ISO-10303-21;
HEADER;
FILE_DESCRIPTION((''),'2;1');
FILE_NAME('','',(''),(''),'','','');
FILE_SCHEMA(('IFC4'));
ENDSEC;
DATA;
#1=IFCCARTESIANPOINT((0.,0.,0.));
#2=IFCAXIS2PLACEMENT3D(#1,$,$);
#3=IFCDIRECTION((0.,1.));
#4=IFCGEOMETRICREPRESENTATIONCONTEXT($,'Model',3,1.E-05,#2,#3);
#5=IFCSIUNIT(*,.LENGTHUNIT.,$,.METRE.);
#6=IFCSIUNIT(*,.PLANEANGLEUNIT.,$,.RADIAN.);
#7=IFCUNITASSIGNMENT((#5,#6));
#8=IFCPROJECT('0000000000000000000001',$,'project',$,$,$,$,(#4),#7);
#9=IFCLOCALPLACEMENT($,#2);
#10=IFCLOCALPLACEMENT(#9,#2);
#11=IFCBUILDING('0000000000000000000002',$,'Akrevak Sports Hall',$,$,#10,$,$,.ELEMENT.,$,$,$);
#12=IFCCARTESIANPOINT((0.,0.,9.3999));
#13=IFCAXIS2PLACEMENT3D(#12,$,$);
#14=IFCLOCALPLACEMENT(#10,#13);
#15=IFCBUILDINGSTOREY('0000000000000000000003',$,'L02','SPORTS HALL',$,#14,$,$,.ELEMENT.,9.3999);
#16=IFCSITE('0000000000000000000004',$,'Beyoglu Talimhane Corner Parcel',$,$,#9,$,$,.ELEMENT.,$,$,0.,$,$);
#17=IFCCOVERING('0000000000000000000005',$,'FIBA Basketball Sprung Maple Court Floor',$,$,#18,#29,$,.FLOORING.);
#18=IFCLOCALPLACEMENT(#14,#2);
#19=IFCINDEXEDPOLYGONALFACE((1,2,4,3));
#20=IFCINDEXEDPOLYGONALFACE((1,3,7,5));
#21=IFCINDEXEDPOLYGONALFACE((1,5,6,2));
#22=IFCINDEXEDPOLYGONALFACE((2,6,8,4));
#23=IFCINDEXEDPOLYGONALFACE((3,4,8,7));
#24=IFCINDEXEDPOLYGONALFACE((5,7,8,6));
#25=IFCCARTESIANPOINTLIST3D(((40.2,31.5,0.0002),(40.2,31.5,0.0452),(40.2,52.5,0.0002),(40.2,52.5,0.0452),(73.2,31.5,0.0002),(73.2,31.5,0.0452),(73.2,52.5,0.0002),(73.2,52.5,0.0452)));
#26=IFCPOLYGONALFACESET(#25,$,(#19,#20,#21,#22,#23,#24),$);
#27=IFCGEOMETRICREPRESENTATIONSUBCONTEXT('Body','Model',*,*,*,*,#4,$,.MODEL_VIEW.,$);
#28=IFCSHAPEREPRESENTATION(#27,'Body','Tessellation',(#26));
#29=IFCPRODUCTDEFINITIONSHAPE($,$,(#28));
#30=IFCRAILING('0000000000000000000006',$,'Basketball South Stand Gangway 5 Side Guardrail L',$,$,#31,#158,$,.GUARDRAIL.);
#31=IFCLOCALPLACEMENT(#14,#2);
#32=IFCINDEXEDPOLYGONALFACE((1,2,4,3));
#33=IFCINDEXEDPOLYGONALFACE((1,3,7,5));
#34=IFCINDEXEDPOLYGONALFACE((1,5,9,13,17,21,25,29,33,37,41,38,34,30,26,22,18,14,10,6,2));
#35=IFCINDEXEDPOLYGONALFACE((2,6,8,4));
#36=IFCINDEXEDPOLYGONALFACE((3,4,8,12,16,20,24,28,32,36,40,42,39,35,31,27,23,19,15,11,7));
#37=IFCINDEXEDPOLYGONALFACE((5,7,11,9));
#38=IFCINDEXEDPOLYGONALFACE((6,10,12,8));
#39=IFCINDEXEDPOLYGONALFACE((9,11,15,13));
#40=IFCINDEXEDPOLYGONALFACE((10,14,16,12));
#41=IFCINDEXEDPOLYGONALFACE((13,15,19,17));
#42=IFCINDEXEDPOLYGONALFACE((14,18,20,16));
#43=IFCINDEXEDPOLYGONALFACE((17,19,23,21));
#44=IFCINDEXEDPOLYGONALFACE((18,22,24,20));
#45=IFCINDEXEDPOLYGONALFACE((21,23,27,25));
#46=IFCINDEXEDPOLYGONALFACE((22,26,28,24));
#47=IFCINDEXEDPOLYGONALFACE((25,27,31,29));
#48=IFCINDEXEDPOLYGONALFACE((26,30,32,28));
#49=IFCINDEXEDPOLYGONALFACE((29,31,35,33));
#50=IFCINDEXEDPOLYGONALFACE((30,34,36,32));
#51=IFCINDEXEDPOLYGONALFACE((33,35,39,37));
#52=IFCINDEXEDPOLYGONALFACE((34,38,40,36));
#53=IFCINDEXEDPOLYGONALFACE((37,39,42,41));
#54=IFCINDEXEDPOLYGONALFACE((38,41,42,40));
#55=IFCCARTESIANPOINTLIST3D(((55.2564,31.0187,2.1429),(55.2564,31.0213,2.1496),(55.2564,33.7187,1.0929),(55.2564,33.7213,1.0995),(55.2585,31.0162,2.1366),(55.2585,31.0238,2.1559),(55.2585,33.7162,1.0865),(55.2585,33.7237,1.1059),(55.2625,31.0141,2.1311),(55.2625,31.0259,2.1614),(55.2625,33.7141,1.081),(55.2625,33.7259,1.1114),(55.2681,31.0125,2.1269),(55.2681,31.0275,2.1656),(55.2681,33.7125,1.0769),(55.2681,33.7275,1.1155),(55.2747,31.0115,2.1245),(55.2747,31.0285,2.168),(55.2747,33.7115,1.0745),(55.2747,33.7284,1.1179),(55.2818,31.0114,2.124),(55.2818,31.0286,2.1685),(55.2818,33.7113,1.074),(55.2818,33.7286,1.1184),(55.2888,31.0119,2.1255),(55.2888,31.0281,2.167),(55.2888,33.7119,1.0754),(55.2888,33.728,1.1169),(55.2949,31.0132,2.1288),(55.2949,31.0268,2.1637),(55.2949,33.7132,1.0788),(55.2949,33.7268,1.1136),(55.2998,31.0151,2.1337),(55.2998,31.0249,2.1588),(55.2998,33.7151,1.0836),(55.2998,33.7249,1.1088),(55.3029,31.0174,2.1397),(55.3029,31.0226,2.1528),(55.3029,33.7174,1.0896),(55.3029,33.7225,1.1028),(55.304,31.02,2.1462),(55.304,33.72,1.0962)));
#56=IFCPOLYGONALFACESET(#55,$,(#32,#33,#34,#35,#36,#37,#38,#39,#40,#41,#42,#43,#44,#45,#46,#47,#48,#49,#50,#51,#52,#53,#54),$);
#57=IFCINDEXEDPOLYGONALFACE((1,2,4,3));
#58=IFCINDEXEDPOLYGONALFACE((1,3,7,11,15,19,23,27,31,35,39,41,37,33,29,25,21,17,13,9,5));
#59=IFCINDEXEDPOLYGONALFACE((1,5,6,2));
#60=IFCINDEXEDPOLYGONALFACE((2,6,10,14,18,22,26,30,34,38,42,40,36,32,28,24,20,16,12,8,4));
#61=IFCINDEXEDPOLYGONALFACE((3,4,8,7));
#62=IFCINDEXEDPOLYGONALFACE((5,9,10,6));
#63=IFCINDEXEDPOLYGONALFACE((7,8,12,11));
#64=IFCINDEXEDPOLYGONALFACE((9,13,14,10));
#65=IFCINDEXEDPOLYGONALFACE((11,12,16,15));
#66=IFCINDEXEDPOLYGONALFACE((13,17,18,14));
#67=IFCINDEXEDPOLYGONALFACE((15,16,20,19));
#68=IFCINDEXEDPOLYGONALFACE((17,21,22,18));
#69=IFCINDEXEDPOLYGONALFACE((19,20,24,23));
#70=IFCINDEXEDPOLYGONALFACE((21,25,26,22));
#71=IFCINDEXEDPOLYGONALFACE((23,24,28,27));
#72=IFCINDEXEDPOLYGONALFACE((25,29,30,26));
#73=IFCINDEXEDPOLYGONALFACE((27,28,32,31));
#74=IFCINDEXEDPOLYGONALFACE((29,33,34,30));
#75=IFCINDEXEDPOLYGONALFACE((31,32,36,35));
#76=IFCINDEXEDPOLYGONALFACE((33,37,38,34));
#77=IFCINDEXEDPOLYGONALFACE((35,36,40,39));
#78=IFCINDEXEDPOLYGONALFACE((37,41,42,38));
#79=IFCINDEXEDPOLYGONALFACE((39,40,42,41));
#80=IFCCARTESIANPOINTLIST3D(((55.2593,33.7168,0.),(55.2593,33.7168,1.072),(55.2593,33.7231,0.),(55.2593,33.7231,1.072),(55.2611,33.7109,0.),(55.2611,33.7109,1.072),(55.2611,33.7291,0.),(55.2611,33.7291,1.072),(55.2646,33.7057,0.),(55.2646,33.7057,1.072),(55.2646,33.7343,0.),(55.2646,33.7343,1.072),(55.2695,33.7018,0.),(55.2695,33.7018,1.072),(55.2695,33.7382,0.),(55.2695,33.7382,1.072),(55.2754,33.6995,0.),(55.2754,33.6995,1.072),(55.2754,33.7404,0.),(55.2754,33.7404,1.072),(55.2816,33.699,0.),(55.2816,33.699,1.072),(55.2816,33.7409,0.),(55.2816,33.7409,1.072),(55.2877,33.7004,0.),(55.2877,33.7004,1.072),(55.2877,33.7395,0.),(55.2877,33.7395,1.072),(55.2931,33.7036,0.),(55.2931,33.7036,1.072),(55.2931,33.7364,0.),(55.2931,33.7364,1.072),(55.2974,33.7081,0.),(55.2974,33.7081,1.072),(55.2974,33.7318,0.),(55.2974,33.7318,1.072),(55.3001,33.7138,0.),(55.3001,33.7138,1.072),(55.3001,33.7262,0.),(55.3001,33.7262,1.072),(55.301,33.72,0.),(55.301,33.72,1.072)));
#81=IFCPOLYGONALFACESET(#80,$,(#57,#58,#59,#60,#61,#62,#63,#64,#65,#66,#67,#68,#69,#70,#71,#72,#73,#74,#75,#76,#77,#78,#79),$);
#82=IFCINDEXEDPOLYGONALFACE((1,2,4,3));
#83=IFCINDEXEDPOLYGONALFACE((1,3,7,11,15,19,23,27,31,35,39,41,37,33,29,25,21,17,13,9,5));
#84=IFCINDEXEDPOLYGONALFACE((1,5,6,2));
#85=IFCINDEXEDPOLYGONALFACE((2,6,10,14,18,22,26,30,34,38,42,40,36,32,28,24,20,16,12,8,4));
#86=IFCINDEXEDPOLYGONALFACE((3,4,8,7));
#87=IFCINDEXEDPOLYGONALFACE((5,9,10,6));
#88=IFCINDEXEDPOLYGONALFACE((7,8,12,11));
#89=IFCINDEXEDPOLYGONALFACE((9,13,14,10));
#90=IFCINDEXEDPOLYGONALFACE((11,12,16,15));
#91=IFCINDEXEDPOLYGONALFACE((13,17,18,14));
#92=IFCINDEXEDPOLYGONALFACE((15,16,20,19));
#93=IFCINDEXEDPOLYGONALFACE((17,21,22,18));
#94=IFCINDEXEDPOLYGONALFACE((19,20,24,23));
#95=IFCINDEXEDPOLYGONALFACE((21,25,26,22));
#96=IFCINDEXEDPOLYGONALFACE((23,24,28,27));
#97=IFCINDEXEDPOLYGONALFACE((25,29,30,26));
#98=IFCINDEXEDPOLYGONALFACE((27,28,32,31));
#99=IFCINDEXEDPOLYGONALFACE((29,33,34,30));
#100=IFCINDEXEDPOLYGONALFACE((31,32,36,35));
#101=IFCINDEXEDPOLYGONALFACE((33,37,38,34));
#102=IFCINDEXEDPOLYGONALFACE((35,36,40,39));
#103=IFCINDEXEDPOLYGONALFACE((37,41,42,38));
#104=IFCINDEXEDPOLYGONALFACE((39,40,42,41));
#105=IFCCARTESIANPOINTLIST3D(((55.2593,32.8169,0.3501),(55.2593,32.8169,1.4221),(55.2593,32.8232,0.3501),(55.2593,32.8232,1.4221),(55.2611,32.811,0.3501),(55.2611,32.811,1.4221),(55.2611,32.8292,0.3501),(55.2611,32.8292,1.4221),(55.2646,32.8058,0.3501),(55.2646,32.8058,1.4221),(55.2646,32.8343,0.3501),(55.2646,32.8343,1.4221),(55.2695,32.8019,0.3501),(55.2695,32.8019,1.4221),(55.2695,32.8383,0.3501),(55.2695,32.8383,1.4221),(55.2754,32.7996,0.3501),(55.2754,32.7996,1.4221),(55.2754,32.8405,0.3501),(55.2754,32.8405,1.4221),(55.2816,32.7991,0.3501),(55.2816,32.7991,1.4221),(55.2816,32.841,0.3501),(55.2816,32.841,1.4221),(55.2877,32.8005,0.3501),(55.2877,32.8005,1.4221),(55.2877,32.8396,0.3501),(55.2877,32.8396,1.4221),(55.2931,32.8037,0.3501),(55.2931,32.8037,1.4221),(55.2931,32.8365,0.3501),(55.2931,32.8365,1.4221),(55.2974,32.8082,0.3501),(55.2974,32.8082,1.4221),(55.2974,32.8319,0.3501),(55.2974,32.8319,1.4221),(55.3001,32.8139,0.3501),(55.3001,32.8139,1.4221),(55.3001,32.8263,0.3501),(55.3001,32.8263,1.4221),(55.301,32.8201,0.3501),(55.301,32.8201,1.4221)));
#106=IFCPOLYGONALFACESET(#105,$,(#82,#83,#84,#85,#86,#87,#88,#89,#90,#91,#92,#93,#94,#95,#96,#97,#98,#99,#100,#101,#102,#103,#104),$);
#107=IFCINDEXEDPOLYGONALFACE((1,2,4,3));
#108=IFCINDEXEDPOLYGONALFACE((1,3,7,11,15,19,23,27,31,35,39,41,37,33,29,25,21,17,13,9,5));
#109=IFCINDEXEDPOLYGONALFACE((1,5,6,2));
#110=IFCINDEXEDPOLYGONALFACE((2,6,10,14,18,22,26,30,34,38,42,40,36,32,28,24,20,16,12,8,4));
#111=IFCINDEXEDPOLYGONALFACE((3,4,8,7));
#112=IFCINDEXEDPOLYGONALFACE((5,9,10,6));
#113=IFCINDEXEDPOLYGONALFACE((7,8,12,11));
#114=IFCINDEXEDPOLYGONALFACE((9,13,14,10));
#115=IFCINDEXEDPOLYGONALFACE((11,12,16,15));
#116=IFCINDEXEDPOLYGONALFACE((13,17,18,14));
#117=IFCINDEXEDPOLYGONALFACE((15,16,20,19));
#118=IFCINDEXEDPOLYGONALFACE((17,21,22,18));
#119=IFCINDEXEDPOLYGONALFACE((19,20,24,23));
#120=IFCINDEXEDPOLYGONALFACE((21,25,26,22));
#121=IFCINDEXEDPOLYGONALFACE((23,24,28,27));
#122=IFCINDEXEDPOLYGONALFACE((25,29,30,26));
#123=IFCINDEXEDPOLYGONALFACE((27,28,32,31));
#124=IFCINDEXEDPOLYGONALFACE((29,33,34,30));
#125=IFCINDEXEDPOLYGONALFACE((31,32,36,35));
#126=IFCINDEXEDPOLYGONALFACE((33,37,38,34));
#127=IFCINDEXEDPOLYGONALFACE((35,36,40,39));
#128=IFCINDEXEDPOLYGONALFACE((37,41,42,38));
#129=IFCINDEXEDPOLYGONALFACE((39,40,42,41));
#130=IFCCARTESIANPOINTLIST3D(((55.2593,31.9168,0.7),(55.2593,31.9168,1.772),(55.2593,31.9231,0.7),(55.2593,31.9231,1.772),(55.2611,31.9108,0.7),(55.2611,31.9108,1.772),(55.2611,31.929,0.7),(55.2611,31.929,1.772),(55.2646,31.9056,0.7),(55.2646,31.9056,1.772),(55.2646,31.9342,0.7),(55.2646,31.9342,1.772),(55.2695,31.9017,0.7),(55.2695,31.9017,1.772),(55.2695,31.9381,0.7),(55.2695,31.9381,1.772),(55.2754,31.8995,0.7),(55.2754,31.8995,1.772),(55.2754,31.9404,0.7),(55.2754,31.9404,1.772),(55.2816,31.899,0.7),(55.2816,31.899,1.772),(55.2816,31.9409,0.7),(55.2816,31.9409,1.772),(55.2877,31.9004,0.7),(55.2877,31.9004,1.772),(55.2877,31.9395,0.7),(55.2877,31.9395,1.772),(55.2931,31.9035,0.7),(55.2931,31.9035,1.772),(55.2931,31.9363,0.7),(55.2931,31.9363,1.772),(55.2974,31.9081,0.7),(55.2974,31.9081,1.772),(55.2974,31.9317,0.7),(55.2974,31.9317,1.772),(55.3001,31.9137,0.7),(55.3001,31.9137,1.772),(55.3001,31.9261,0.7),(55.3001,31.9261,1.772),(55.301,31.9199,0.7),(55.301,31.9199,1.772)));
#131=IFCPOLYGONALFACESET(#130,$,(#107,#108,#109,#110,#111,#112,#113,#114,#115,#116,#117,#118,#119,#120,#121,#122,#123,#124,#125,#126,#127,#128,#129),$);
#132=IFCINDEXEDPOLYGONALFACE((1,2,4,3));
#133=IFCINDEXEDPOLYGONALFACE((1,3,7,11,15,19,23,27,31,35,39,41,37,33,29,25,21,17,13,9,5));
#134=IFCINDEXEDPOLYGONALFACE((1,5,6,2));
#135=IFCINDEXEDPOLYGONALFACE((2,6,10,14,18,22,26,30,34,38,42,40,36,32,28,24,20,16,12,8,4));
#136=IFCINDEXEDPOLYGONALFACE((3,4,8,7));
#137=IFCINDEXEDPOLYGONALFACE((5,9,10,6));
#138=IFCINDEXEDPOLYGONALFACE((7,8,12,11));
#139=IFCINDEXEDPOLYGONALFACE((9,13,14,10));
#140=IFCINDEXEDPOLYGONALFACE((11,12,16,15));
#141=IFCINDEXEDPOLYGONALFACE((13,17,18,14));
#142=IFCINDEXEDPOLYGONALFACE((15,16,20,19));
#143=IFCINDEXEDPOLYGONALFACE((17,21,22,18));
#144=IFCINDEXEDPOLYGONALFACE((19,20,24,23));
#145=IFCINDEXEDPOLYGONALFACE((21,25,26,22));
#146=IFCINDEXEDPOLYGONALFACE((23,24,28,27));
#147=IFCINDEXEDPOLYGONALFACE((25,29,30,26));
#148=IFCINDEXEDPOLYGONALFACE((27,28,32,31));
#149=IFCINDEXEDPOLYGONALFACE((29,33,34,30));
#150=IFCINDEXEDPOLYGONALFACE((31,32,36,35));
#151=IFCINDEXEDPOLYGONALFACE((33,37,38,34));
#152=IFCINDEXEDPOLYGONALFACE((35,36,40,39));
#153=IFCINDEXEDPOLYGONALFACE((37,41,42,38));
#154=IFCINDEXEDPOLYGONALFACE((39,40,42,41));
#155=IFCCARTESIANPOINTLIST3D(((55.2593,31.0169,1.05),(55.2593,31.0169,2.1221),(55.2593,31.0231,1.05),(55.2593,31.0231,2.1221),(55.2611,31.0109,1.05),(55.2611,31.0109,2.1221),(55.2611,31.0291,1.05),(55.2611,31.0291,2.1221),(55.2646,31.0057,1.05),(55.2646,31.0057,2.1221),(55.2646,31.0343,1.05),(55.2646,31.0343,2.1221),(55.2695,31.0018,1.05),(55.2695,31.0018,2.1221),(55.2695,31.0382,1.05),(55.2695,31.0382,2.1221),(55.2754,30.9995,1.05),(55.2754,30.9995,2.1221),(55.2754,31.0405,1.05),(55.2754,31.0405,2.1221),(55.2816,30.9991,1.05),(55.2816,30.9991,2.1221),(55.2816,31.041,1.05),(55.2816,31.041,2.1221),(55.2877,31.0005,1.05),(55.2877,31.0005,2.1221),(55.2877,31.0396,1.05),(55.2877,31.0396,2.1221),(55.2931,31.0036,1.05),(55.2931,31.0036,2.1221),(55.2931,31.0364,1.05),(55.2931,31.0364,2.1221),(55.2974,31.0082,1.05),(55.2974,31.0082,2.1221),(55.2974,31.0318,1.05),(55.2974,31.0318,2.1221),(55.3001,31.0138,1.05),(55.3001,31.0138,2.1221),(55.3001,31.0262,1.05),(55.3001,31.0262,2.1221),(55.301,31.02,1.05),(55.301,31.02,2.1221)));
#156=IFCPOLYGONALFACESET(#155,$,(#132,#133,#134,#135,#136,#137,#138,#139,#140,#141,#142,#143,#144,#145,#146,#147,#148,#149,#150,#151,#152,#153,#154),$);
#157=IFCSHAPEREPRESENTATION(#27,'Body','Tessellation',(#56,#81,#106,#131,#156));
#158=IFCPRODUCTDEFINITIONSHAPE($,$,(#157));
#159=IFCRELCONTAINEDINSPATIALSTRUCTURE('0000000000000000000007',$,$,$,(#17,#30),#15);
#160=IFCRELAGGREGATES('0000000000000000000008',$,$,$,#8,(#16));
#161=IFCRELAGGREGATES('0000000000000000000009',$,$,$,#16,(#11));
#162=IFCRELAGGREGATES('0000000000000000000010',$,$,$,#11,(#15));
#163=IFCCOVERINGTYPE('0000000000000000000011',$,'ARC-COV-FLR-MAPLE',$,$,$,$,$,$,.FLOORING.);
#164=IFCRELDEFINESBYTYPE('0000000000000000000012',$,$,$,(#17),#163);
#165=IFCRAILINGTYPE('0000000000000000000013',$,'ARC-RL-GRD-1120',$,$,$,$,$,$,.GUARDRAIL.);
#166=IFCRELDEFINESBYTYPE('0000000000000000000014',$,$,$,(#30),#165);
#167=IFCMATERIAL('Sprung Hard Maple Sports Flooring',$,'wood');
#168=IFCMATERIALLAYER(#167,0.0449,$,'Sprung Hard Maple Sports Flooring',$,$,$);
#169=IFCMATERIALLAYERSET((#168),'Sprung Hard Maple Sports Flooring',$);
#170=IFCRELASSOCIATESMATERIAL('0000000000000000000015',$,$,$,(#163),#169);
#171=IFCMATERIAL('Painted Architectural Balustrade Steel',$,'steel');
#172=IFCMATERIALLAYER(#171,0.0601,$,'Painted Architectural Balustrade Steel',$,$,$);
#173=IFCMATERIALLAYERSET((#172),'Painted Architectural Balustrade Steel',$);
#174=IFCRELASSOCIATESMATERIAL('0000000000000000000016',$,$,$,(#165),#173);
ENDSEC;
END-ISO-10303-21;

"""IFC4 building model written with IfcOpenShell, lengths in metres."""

from ifc_helpers import new_model, si_unit, direction, frame, origin, origin_2d, place, context, subcontext, project, spatial, rectangle, circle, extrude, material, layer, layer_set, type_object, element, save


model = new_model("IFC4")

# Units and contexts
model_context = context("Model", 3, precision=1e-05, world=origin(), true_north=direction((0.0, 1.0)))
body_context = subcontext(model_context, "Body", "Model", "MODEL_VIEW")
ifc_project = project(units=[si_unit("LENGTHUNIT", "METRE"), si_unit("PLANEANGLEUNIT", "RADIAN")], contexts=[model_context])

# Site, building, storey
site_placement = place(None, origin())
site = spatial("IfcSite", under=ifc_project, at=site_placement, Name="Beyoglu Talimhane Corner Parcel", CompositionType="ELEMENT", RefElevation=0.0)
building_placement = place(site_placement, origin())
building = spatial("IfcBuilding", under=site, at=building_placement, Name="Akrevak Sports Hall", CompositionType="ELEMENT")
storey_placement = place(building_placement, frame((0.0, 0.0, 9.3999)))
storey = spatial("IfcBuildingStorey", under=building, at=storey_placement, Name="L02", Description="SPORTS HALL", CompositionType="ELEMENT", Elevation=9.3999)

# Covering
ifc_material_1 = material(Name="Sprung Hard Maple Sports Flooring", Category="wood")
ifc_layer_1 = layer(ifc_material_1, 0.0449, Name="Sprung Hard Maple Sports Flooring")
ifc_layer_set_1 = layer_set([ifc_layer_1], Name="Sprung Hard Maple Sports Flooring")
covering_type = type_object("IfcCoveringType", Name="ARC-COV-FLR-MAPLE", PredefinedType="FLOORING", material=ifc_layer_set_1)
covering_placement = place(storey_placement, frame((56.7, 42.0, 0.0002), z_axis=(0.0, 0.0, 1.0), x_axis=(1.0, 0.0, 0.0)))
element("IfcCovering", 1, at=covering_placement, inside=storey, type_object=covering_type, Name="FIBA Basketball Sprung Maple Court Floor", PredefinedType="FLOORING", context=body_context, shape_type="SweptSolid", body=[
    extrude(rectangle(XDim=33.0, YDim=21.0, at=origin_2d()), origin(), (0.0, 0.0, 1.0), 0.0449),
])

# Railing
ifc_material_2 = material(Name="Painted Architectural Balustrade Steel", Category="steel")
ifc_layer_2 = layer(ifc_material_2, 0.0601, Name="Painted Architectural Balustrade Steel")
ifc_layer_set_2 = layer_set([ifc_layer_2], Name="Painted Architectural Balustrade Steel")
railing_type_1 = type_object("IfcRailingType", Name="ARC-RL-GRD-1120", PredefinedType="GUARDRAIL", material=ifc_layer_set_2)
for number, where, name in (
    (2, (55.28, 33.72, 0.0), "Basketball South Stand Gangway 5 Side Guardrail L"),
):
    element("IfcRailing", number, at=place(storey_placement, frame(where)), inside=storey, type_object=railing_type_1, Name=name, PredefinedType="GUARDRAIL", context=body_context, shape_type="SweptSolid", body=[
        extrude(circle(Radius=0.0239, at=origin_2d()), frame((0.0, 0.0, 1.0962), z_axis=(0.0, -0.931997, 0.362467), x_axis=(1.0, 0.0, 0.0)), (0.0, 0.0, 1.0), 2.897),
        extrude(circle(Radius=0.021, at=origin_2d()), origin(), (0.0, 0.0, 1.0), 1.072),
        extrude(circle(Radius=0.021, at=origin_2d()), frame((0.0, -0.8999, 0.3501)), (0.0, 0.0, 1.0), 1.072),
        extrude(circle(Radius=0.021, at=origin_2d()), frame((0.0, -1.8, 0.7)), (0.0, 0.0, 1.0), 1.072),
        extrude(circle(Radius=0.021, at=origin_2d()), frame((0.0, -2.7, 1.05)), (0.0, 0.0, 1.0), 1.072),
    ])

save(model, "model.ifc")
